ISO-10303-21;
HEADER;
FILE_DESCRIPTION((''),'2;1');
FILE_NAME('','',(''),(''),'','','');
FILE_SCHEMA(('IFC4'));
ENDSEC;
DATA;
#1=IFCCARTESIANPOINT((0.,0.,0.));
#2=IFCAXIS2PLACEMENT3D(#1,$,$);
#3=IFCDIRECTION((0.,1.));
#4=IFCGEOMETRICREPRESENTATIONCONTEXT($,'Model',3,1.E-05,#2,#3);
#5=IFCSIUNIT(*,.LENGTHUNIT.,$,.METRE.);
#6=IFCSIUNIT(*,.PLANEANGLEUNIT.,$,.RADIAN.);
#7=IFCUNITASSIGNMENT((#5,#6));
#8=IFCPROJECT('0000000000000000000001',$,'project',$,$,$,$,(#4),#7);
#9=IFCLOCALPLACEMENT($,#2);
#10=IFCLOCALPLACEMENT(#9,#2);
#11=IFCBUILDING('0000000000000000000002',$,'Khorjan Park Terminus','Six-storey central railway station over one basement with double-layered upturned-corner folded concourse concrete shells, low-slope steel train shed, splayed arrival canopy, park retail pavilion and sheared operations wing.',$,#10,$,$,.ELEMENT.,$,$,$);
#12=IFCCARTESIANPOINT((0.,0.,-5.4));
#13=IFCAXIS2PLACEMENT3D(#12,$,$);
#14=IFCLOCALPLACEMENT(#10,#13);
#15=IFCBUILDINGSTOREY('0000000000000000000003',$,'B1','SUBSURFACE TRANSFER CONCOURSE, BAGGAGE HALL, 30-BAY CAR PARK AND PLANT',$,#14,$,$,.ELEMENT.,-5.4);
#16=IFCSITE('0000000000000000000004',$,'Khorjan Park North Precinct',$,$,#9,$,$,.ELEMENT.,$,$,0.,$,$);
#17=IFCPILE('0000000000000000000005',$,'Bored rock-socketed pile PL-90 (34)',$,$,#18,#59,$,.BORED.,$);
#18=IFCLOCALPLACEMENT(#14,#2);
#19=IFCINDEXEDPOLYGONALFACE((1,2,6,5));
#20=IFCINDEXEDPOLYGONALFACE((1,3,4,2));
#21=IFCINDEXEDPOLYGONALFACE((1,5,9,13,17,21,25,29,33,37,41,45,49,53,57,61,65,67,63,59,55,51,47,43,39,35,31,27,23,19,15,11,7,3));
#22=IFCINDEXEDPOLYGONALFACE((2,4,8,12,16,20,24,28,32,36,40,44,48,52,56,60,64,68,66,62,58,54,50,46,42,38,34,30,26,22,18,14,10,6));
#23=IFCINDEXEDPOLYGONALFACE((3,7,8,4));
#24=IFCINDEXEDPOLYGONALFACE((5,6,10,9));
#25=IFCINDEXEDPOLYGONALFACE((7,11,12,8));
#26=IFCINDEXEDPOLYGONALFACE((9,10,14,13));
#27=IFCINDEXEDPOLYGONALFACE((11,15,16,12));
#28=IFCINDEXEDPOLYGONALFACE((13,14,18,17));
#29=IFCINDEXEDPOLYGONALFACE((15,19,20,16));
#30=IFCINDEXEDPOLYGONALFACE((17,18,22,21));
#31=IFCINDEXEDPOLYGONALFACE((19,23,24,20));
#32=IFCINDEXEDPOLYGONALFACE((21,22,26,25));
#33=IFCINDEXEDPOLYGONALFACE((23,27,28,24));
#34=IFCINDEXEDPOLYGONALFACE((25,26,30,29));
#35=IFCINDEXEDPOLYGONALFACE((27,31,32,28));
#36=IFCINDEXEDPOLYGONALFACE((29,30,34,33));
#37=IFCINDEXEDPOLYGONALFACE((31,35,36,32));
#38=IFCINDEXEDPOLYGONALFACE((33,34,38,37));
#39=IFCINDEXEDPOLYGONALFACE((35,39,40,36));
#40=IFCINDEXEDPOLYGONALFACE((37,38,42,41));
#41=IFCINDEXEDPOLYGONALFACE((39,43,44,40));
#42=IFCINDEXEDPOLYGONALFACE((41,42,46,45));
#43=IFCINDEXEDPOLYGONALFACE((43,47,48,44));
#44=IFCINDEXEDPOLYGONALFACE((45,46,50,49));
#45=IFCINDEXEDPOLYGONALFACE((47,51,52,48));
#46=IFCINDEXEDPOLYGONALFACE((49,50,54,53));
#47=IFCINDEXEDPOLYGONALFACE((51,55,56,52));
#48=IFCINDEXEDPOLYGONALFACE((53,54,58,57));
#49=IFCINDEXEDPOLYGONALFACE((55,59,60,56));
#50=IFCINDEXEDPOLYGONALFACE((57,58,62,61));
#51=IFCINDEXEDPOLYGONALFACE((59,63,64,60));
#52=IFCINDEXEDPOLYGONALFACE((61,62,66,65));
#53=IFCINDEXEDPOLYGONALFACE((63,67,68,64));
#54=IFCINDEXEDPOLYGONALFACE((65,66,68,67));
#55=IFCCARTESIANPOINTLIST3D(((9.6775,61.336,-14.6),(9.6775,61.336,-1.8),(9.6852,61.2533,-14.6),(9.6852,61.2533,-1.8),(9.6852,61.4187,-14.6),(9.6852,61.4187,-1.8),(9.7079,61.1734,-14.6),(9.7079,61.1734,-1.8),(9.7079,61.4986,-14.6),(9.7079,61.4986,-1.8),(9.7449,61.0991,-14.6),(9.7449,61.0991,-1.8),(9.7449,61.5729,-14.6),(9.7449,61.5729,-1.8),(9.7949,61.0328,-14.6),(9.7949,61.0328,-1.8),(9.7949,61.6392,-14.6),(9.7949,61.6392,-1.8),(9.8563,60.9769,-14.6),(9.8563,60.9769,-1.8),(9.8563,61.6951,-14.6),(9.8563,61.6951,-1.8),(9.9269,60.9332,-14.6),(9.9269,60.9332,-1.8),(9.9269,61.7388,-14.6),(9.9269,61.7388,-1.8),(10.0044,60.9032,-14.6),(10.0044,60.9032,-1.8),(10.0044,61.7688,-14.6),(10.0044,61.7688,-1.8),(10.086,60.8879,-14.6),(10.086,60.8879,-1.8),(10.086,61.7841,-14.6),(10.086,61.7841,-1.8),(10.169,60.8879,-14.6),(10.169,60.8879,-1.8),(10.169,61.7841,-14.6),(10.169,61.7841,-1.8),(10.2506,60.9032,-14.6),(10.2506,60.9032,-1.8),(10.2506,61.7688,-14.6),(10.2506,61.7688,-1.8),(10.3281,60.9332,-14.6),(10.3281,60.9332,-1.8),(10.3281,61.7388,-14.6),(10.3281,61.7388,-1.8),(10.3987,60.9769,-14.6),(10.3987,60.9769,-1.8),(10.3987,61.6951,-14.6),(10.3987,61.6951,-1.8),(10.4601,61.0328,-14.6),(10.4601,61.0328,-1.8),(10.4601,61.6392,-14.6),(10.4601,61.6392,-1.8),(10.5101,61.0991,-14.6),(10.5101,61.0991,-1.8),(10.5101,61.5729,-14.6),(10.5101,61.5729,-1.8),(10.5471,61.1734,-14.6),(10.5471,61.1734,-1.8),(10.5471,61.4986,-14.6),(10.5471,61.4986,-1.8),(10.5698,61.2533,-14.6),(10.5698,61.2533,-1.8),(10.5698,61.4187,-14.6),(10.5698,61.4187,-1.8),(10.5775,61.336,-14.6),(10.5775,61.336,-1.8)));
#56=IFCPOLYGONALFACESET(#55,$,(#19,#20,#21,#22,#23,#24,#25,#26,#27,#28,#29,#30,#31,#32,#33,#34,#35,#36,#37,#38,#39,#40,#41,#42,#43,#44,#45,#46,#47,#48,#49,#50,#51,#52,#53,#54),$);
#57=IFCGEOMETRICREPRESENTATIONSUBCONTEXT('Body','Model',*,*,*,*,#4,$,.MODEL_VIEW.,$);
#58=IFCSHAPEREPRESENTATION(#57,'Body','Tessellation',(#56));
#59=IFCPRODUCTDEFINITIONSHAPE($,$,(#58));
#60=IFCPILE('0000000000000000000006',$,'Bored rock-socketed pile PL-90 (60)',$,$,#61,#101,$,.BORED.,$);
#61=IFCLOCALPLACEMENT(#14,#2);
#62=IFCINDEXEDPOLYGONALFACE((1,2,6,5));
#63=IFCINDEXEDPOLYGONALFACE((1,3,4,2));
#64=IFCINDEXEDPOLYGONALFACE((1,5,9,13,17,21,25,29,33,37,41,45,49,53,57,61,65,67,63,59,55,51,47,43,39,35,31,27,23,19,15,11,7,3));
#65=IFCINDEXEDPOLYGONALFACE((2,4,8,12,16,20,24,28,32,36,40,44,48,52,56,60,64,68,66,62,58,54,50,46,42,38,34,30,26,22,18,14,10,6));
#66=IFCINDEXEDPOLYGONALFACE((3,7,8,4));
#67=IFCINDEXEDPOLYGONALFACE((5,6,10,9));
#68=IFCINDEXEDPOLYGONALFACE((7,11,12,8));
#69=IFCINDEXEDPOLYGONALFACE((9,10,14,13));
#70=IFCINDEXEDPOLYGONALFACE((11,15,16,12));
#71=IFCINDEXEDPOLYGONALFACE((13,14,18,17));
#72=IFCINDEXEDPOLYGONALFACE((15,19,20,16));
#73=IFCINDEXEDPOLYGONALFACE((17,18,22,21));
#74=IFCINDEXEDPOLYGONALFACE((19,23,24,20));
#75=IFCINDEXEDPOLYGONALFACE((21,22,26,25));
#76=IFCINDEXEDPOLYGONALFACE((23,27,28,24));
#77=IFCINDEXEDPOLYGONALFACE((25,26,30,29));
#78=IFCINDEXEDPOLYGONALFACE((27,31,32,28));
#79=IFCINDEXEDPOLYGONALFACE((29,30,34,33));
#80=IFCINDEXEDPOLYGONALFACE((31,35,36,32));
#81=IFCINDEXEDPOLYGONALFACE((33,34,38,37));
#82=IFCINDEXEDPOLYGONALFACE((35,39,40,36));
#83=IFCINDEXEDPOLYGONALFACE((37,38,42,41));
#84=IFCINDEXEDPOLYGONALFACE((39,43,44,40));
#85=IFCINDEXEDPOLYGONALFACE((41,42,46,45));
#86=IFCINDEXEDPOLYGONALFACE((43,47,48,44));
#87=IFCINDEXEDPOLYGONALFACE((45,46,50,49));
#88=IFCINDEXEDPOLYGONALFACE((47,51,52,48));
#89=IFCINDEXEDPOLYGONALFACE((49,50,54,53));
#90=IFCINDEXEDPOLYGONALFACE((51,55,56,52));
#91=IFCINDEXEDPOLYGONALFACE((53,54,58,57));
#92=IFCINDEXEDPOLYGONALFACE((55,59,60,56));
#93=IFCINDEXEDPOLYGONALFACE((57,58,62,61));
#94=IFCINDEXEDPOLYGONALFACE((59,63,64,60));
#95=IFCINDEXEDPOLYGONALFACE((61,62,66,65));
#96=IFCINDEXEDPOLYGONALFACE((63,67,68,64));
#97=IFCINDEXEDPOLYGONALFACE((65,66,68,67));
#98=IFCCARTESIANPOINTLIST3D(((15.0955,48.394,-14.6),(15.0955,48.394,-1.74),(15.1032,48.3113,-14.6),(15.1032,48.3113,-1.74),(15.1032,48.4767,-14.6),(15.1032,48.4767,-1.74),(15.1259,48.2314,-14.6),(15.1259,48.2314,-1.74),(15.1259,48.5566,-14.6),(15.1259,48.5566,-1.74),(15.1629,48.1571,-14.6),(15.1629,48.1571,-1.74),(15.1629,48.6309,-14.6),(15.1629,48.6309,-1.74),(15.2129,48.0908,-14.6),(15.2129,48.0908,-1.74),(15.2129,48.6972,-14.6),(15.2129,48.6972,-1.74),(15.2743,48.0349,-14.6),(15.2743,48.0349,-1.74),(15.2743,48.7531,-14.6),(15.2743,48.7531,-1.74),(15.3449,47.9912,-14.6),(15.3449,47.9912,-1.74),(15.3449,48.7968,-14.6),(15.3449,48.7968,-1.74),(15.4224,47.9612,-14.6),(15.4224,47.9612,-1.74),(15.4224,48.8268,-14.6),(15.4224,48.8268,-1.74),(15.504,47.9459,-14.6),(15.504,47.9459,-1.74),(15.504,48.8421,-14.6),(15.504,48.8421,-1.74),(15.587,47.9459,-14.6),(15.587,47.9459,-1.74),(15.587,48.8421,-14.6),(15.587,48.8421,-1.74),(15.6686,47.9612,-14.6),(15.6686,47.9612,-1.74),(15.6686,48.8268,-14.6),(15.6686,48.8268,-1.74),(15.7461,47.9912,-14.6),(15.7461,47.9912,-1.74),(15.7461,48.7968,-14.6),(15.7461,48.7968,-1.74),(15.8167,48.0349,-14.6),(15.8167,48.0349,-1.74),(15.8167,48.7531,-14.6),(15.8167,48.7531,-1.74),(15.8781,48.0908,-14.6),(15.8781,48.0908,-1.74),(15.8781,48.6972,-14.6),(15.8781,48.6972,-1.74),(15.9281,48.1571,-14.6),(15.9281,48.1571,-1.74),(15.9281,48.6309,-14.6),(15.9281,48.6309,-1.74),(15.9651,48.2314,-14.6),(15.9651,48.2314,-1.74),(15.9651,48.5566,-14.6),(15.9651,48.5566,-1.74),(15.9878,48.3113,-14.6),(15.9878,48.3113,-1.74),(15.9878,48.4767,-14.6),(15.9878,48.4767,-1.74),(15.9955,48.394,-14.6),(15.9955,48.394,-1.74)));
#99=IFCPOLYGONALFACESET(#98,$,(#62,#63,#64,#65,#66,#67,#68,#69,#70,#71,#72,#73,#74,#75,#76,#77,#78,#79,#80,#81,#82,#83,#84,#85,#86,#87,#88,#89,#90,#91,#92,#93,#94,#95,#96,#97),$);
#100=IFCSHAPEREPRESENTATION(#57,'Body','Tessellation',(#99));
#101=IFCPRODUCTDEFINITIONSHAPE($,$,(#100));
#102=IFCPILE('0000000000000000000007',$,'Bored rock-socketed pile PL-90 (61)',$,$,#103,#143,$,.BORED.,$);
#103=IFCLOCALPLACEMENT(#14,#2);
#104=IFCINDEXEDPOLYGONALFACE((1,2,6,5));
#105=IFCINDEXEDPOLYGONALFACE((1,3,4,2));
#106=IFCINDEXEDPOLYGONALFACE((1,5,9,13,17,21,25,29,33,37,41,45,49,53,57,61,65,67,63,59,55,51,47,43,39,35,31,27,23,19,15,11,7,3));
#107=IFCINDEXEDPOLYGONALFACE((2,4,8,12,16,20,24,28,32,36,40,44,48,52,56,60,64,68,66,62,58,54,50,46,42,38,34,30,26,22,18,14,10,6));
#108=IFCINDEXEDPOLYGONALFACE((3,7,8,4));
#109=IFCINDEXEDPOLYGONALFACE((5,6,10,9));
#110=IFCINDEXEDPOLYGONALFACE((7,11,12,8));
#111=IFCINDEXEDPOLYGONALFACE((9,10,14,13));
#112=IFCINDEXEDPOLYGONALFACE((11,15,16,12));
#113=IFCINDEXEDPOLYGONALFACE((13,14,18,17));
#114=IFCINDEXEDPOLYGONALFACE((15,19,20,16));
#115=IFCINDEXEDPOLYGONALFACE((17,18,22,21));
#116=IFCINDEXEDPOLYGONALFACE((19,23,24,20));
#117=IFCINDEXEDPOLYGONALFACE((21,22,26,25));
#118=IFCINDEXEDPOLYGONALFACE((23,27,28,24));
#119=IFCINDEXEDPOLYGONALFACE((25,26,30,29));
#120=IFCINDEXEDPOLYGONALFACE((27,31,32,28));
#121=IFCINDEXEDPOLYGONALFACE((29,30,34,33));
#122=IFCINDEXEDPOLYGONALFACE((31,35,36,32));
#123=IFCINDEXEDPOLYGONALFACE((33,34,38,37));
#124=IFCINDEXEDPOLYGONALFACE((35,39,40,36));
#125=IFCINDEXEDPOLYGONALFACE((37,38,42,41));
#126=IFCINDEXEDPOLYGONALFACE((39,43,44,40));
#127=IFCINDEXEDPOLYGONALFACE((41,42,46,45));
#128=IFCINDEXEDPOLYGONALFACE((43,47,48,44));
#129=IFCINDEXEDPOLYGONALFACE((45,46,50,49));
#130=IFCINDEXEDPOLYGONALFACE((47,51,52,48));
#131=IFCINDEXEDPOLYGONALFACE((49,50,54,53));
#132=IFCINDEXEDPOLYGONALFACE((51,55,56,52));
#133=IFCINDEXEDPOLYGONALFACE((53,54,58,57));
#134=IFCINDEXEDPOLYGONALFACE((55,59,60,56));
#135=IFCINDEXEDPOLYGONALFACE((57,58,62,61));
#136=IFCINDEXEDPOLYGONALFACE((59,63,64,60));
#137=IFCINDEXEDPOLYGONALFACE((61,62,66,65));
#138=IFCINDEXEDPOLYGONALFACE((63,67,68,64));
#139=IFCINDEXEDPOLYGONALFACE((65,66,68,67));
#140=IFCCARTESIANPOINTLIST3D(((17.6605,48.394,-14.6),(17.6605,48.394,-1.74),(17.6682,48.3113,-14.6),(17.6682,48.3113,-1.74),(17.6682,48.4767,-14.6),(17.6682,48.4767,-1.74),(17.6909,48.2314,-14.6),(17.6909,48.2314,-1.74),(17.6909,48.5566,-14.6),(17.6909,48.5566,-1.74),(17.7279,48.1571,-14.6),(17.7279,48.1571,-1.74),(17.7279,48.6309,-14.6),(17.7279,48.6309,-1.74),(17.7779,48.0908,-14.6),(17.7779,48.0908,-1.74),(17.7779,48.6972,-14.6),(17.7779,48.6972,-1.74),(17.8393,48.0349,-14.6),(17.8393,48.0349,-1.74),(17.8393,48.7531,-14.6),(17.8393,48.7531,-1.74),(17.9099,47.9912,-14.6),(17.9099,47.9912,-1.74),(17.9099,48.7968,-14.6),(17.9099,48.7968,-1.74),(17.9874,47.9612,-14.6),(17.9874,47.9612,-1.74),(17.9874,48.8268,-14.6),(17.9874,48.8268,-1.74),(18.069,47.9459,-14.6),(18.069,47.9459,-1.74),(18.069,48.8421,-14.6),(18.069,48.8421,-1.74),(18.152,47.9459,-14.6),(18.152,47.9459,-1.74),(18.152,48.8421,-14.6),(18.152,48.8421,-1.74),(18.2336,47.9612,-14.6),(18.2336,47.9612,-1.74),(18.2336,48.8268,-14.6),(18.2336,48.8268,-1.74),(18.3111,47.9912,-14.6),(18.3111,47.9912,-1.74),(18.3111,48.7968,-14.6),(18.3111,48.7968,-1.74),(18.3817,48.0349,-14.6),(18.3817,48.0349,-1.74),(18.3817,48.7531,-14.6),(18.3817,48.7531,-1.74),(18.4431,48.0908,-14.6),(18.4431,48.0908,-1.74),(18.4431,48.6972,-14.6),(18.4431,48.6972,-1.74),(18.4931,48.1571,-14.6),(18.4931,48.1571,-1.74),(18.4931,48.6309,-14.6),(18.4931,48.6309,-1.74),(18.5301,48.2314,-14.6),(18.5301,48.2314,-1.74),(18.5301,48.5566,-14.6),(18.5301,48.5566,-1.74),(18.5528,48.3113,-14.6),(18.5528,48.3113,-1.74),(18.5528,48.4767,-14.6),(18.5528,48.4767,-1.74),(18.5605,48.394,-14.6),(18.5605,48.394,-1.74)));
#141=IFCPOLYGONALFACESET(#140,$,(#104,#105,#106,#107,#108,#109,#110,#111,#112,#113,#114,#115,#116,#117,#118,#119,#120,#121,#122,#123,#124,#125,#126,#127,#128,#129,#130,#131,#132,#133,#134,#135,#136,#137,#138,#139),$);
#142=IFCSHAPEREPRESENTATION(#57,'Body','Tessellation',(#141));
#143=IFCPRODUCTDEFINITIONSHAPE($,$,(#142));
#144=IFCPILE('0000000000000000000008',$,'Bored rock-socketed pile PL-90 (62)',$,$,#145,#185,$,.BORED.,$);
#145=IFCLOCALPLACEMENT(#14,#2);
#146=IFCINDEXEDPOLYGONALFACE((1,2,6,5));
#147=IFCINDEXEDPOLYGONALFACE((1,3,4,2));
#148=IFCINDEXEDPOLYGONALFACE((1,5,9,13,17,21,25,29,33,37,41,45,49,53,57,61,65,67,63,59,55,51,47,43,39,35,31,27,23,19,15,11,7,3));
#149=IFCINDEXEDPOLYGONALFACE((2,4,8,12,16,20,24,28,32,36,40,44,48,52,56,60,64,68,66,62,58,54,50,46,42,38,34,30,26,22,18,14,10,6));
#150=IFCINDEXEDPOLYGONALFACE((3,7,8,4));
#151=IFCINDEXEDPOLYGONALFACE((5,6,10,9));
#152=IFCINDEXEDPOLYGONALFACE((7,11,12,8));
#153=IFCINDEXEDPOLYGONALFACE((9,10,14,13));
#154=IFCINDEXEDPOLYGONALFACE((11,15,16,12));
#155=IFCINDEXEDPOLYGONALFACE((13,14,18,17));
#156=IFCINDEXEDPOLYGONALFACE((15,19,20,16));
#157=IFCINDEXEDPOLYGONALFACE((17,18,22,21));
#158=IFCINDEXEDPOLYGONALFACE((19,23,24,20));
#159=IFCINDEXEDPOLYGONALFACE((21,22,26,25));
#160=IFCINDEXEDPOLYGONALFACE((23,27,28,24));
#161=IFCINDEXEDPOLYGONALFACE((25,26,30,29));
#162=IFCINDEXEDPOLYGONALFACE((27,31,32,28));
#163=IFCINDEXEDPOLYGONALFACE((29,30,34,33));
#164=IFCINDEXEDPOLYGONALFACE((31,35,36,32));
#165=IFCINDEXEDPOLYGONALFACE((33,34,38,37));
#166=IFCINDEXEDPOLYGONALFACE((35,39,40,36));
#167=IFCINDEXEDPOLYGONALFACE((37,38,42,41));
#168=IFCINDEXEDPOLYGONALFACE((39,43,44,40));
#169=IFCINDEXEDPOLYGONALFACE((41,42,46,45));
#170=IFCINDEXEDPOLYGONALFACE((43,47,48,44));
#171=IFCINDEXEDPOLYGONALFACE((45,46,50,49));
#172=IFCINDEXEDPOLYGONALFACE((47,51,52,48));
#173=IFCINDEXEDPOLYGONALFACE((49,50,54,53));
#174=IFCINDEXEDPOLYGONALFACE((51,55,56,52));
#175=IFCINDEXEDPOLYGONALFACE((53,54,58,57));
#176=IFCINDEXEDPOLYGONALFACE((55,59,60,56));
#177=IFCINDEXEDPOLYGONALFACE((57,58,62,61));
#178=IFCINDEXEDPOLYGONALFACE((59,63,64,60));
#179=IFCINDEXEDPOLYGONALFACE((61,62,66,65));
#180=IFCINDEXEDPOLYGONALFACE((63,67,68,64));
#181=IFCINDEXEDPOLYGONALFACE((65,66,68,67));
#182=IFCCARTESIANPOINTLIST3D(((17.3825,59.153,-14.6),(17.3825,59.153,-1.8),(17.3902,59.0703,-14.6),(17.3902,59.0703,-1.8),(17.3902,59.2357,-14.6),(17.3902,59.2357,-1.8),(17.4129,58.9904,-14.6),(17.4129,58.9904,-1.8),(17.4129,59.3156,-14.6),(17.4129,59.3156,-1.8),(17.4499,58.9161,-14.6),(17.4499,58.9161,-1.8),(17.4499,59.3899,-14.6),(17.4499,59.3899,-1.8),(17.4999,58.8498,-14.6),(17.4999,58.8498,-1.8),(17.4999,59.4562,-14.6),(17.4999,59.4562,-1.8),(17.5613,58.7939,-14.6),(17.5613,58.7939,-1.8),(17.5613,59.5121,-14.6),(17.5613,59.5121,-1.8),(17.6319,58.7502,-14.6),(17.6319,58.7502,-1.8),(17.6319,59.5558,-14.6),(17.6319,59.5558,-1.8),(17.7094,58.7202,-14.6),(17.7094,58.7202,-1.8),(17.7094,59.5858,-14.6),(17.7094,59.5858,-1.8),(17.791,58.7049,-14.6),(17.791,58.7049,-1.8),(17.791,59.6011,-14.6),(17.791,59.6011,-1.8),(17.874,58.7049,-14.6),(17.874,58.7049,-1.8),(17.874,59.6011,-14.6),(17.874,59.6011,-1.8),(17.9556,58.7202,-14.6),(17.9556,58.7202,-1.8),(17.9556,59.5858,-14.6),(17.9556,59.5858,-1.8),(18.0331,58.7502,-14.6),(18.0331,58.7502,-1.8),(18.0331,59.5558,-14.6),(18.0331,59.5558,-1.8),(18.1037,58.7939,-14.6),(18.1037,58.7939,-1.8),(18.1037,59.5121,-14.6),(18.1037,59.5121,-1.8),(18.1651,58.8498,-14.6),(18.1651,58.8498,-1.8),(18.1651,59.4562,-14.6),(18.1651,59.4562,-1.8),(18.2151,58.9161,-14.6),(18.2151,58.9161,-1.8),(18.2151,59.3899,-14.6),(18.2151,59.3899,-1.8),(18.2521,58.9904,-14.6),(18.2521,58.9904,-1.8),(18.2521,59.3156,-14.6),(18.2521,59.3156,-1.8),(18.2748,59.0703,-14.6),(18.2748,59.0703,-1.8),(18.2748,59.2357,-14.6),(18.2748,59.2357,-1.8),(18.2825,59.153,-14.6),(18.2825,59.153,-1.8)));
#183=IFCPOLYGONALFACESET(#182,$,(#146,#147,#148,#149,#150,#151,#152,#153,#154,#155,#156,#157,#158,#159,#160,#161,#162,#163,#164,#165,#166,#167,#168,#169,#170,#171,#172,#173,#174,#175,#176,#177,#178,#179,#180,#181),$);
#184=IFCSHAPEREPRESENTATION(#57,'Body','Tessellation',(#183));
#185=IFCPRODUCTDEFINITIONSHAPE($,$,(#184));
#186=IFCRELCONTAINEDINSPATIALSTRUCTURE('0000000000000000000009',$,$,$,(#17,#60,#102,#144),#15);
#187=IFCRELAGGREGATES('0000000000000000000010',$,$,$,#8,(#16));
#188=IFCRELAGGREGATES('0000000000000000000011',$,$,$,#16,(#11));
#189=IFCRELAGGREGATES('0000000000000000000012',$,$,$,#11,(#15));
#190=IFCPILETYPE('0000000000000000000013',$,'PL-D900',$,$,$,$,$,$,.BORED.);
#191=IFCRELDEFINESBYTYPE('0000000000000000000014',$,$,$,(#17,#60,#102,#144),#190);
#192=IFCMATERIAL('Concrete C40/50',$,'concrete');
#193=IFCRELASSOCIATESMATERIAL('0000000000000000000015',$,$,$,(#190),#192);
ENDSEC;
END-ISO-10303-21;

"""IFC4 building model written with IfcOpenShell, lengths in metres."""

from ifc_helpers import new_model, si_unit, direction, frame, origin, origin_2d, place, context, subcontext, project, spatial, circle, extrude, material, material_profile, profile_set, type_object, element, save


model = new_model("IFC4")

# Units and contexts
model_context = context("Model", 3, precision=1e-05, world=origin(), true_north=direction((0.0, 1.0)))
body_context = subcontext(model_context, "Body", "Model", "MODEL_VIEW")
ifc_project = project(units=[si_unit("LENGTHUNIT", "METRE"), si_unit("PLANEANGLEUNIT", "RADIAN")], contexts=[model_context])

# Site, building, storey
site_placement = place(None, origin())
site = spatial("IfcSite", under=ifc_project, at=site_placement, Name="Khorjan Park North Precinct", CompositionType="ELEMENT", RefElevation=0.0)
building_placement = place(site_placement, origin())
building = spatial("IfcBuilding", under=site, at=building_placement, Name="Khorjan Park Terminus", Description="Six-storey central railway station over one basement with double-layered upturned-corner folded concourse concrete shells, low-slope steel train shed, splayed arrival canopy, park retail pavilion and sheared operations wing.", CompositionType="ELEMENT")
storey_placement = place(building_placement, frame((0.0, 0.0, -5.4)))
storey = spatial("IfcBuildingStorey", under=building, at=storey_placement, Name="B1", Description="SUBSURFACE TRANSFER CONCOURSE, BAGGAGE HALL, 30-BAY CAR PARK AND PLANT", CompositionType="ELEMENT", Elevation=-5.4)

# Shared definitions
ifc_material_1 = material(Name="Concrete C40/50", Category="concrete")

# Piles
ifc_material_profile_1 = material_profile(ifc_material_1, circle(Radius=0.45, at=origin_2d()), Name="BORED D900")
ifc_profile_set_1 = profile_set([ifc_material_profile_1], Name="Concrete C40/50")
pile_type_1 = type_object("IfcPileType", Name="PL-D900", PredefinedType="BORED", material=ifc_profile_set_1)
for number, where, z_axis, x_axis, name in (
    (1, (10.1275, 61.336, -1.8), (0.0, 0.0, -1.0), (1.0, 0.0, 0.0), "Bored rock-socketed pile PL-90 (34)"),
):
    element("IfcPile", number, at=place(storey_placement, frame(where, z_axis=z_axis, x_axis=x_axis)), inside=storey, type_object=pile_type_1, Name=name, PredefinedType="BORED", context=body_context, shape_type="SweptSolid", body=[
        extrude(circle(Radius=0.45, at=origin_2d()), origin(), (0.0, 0.0, 1.0), 12.8),
    ])
for number, where, z_axis, x_axis, name in (
    (2, (15.5455, 48.394, -1.74), (0.0, 0.0, -1.0), (1.0, 0.0, 0.0), "Bored rock-socketed pile PL-90 (60)"),
    (3, (18.1105, 48.394, -1.74), (0.0, 0.0, -1.0), (1.0, 0.0, 0.0), "Bored rock-socketed pile PL-90 (61)"),
):
    element("IfcPile", number, at=place(storey_placement, frame(where, z_axis=z_axis, x_axis=x_axis)), inside=storey, type_object=pile_type_1, Name=name, PredefinedType="BORED", context=body_context, shape_type="SweptSolid", body=[
        extrude(circle(Radius=0.45, at=origin_2d()), origin(), (0.0, 0.0, 1.0), 12.86),
    ])
for number, where, z_axis, x_axis, name in (
    (4, (17.8325, 59.153, -1.8), (0.0, 0.0, -1.0), (1.0, 0.0, 0.0), "Bored rock-socketed pile PL-90 (62)"),
):
    element("IfcPile", number, at=place(storey_placement, frame(where, z_axis=z_axis, x_axis=x_axis)), inside=storey, type_object=pile_type_1, Name=name, PredefinedType="BORED", context=body_context, shape_type="SweptSolid", body=[
        extrude(circle(Radius=0.45, at=origin_2d()), origin(), (0.0, 0.0, 1.0), 12.8),
    ])

save(model, "model.ifc")
